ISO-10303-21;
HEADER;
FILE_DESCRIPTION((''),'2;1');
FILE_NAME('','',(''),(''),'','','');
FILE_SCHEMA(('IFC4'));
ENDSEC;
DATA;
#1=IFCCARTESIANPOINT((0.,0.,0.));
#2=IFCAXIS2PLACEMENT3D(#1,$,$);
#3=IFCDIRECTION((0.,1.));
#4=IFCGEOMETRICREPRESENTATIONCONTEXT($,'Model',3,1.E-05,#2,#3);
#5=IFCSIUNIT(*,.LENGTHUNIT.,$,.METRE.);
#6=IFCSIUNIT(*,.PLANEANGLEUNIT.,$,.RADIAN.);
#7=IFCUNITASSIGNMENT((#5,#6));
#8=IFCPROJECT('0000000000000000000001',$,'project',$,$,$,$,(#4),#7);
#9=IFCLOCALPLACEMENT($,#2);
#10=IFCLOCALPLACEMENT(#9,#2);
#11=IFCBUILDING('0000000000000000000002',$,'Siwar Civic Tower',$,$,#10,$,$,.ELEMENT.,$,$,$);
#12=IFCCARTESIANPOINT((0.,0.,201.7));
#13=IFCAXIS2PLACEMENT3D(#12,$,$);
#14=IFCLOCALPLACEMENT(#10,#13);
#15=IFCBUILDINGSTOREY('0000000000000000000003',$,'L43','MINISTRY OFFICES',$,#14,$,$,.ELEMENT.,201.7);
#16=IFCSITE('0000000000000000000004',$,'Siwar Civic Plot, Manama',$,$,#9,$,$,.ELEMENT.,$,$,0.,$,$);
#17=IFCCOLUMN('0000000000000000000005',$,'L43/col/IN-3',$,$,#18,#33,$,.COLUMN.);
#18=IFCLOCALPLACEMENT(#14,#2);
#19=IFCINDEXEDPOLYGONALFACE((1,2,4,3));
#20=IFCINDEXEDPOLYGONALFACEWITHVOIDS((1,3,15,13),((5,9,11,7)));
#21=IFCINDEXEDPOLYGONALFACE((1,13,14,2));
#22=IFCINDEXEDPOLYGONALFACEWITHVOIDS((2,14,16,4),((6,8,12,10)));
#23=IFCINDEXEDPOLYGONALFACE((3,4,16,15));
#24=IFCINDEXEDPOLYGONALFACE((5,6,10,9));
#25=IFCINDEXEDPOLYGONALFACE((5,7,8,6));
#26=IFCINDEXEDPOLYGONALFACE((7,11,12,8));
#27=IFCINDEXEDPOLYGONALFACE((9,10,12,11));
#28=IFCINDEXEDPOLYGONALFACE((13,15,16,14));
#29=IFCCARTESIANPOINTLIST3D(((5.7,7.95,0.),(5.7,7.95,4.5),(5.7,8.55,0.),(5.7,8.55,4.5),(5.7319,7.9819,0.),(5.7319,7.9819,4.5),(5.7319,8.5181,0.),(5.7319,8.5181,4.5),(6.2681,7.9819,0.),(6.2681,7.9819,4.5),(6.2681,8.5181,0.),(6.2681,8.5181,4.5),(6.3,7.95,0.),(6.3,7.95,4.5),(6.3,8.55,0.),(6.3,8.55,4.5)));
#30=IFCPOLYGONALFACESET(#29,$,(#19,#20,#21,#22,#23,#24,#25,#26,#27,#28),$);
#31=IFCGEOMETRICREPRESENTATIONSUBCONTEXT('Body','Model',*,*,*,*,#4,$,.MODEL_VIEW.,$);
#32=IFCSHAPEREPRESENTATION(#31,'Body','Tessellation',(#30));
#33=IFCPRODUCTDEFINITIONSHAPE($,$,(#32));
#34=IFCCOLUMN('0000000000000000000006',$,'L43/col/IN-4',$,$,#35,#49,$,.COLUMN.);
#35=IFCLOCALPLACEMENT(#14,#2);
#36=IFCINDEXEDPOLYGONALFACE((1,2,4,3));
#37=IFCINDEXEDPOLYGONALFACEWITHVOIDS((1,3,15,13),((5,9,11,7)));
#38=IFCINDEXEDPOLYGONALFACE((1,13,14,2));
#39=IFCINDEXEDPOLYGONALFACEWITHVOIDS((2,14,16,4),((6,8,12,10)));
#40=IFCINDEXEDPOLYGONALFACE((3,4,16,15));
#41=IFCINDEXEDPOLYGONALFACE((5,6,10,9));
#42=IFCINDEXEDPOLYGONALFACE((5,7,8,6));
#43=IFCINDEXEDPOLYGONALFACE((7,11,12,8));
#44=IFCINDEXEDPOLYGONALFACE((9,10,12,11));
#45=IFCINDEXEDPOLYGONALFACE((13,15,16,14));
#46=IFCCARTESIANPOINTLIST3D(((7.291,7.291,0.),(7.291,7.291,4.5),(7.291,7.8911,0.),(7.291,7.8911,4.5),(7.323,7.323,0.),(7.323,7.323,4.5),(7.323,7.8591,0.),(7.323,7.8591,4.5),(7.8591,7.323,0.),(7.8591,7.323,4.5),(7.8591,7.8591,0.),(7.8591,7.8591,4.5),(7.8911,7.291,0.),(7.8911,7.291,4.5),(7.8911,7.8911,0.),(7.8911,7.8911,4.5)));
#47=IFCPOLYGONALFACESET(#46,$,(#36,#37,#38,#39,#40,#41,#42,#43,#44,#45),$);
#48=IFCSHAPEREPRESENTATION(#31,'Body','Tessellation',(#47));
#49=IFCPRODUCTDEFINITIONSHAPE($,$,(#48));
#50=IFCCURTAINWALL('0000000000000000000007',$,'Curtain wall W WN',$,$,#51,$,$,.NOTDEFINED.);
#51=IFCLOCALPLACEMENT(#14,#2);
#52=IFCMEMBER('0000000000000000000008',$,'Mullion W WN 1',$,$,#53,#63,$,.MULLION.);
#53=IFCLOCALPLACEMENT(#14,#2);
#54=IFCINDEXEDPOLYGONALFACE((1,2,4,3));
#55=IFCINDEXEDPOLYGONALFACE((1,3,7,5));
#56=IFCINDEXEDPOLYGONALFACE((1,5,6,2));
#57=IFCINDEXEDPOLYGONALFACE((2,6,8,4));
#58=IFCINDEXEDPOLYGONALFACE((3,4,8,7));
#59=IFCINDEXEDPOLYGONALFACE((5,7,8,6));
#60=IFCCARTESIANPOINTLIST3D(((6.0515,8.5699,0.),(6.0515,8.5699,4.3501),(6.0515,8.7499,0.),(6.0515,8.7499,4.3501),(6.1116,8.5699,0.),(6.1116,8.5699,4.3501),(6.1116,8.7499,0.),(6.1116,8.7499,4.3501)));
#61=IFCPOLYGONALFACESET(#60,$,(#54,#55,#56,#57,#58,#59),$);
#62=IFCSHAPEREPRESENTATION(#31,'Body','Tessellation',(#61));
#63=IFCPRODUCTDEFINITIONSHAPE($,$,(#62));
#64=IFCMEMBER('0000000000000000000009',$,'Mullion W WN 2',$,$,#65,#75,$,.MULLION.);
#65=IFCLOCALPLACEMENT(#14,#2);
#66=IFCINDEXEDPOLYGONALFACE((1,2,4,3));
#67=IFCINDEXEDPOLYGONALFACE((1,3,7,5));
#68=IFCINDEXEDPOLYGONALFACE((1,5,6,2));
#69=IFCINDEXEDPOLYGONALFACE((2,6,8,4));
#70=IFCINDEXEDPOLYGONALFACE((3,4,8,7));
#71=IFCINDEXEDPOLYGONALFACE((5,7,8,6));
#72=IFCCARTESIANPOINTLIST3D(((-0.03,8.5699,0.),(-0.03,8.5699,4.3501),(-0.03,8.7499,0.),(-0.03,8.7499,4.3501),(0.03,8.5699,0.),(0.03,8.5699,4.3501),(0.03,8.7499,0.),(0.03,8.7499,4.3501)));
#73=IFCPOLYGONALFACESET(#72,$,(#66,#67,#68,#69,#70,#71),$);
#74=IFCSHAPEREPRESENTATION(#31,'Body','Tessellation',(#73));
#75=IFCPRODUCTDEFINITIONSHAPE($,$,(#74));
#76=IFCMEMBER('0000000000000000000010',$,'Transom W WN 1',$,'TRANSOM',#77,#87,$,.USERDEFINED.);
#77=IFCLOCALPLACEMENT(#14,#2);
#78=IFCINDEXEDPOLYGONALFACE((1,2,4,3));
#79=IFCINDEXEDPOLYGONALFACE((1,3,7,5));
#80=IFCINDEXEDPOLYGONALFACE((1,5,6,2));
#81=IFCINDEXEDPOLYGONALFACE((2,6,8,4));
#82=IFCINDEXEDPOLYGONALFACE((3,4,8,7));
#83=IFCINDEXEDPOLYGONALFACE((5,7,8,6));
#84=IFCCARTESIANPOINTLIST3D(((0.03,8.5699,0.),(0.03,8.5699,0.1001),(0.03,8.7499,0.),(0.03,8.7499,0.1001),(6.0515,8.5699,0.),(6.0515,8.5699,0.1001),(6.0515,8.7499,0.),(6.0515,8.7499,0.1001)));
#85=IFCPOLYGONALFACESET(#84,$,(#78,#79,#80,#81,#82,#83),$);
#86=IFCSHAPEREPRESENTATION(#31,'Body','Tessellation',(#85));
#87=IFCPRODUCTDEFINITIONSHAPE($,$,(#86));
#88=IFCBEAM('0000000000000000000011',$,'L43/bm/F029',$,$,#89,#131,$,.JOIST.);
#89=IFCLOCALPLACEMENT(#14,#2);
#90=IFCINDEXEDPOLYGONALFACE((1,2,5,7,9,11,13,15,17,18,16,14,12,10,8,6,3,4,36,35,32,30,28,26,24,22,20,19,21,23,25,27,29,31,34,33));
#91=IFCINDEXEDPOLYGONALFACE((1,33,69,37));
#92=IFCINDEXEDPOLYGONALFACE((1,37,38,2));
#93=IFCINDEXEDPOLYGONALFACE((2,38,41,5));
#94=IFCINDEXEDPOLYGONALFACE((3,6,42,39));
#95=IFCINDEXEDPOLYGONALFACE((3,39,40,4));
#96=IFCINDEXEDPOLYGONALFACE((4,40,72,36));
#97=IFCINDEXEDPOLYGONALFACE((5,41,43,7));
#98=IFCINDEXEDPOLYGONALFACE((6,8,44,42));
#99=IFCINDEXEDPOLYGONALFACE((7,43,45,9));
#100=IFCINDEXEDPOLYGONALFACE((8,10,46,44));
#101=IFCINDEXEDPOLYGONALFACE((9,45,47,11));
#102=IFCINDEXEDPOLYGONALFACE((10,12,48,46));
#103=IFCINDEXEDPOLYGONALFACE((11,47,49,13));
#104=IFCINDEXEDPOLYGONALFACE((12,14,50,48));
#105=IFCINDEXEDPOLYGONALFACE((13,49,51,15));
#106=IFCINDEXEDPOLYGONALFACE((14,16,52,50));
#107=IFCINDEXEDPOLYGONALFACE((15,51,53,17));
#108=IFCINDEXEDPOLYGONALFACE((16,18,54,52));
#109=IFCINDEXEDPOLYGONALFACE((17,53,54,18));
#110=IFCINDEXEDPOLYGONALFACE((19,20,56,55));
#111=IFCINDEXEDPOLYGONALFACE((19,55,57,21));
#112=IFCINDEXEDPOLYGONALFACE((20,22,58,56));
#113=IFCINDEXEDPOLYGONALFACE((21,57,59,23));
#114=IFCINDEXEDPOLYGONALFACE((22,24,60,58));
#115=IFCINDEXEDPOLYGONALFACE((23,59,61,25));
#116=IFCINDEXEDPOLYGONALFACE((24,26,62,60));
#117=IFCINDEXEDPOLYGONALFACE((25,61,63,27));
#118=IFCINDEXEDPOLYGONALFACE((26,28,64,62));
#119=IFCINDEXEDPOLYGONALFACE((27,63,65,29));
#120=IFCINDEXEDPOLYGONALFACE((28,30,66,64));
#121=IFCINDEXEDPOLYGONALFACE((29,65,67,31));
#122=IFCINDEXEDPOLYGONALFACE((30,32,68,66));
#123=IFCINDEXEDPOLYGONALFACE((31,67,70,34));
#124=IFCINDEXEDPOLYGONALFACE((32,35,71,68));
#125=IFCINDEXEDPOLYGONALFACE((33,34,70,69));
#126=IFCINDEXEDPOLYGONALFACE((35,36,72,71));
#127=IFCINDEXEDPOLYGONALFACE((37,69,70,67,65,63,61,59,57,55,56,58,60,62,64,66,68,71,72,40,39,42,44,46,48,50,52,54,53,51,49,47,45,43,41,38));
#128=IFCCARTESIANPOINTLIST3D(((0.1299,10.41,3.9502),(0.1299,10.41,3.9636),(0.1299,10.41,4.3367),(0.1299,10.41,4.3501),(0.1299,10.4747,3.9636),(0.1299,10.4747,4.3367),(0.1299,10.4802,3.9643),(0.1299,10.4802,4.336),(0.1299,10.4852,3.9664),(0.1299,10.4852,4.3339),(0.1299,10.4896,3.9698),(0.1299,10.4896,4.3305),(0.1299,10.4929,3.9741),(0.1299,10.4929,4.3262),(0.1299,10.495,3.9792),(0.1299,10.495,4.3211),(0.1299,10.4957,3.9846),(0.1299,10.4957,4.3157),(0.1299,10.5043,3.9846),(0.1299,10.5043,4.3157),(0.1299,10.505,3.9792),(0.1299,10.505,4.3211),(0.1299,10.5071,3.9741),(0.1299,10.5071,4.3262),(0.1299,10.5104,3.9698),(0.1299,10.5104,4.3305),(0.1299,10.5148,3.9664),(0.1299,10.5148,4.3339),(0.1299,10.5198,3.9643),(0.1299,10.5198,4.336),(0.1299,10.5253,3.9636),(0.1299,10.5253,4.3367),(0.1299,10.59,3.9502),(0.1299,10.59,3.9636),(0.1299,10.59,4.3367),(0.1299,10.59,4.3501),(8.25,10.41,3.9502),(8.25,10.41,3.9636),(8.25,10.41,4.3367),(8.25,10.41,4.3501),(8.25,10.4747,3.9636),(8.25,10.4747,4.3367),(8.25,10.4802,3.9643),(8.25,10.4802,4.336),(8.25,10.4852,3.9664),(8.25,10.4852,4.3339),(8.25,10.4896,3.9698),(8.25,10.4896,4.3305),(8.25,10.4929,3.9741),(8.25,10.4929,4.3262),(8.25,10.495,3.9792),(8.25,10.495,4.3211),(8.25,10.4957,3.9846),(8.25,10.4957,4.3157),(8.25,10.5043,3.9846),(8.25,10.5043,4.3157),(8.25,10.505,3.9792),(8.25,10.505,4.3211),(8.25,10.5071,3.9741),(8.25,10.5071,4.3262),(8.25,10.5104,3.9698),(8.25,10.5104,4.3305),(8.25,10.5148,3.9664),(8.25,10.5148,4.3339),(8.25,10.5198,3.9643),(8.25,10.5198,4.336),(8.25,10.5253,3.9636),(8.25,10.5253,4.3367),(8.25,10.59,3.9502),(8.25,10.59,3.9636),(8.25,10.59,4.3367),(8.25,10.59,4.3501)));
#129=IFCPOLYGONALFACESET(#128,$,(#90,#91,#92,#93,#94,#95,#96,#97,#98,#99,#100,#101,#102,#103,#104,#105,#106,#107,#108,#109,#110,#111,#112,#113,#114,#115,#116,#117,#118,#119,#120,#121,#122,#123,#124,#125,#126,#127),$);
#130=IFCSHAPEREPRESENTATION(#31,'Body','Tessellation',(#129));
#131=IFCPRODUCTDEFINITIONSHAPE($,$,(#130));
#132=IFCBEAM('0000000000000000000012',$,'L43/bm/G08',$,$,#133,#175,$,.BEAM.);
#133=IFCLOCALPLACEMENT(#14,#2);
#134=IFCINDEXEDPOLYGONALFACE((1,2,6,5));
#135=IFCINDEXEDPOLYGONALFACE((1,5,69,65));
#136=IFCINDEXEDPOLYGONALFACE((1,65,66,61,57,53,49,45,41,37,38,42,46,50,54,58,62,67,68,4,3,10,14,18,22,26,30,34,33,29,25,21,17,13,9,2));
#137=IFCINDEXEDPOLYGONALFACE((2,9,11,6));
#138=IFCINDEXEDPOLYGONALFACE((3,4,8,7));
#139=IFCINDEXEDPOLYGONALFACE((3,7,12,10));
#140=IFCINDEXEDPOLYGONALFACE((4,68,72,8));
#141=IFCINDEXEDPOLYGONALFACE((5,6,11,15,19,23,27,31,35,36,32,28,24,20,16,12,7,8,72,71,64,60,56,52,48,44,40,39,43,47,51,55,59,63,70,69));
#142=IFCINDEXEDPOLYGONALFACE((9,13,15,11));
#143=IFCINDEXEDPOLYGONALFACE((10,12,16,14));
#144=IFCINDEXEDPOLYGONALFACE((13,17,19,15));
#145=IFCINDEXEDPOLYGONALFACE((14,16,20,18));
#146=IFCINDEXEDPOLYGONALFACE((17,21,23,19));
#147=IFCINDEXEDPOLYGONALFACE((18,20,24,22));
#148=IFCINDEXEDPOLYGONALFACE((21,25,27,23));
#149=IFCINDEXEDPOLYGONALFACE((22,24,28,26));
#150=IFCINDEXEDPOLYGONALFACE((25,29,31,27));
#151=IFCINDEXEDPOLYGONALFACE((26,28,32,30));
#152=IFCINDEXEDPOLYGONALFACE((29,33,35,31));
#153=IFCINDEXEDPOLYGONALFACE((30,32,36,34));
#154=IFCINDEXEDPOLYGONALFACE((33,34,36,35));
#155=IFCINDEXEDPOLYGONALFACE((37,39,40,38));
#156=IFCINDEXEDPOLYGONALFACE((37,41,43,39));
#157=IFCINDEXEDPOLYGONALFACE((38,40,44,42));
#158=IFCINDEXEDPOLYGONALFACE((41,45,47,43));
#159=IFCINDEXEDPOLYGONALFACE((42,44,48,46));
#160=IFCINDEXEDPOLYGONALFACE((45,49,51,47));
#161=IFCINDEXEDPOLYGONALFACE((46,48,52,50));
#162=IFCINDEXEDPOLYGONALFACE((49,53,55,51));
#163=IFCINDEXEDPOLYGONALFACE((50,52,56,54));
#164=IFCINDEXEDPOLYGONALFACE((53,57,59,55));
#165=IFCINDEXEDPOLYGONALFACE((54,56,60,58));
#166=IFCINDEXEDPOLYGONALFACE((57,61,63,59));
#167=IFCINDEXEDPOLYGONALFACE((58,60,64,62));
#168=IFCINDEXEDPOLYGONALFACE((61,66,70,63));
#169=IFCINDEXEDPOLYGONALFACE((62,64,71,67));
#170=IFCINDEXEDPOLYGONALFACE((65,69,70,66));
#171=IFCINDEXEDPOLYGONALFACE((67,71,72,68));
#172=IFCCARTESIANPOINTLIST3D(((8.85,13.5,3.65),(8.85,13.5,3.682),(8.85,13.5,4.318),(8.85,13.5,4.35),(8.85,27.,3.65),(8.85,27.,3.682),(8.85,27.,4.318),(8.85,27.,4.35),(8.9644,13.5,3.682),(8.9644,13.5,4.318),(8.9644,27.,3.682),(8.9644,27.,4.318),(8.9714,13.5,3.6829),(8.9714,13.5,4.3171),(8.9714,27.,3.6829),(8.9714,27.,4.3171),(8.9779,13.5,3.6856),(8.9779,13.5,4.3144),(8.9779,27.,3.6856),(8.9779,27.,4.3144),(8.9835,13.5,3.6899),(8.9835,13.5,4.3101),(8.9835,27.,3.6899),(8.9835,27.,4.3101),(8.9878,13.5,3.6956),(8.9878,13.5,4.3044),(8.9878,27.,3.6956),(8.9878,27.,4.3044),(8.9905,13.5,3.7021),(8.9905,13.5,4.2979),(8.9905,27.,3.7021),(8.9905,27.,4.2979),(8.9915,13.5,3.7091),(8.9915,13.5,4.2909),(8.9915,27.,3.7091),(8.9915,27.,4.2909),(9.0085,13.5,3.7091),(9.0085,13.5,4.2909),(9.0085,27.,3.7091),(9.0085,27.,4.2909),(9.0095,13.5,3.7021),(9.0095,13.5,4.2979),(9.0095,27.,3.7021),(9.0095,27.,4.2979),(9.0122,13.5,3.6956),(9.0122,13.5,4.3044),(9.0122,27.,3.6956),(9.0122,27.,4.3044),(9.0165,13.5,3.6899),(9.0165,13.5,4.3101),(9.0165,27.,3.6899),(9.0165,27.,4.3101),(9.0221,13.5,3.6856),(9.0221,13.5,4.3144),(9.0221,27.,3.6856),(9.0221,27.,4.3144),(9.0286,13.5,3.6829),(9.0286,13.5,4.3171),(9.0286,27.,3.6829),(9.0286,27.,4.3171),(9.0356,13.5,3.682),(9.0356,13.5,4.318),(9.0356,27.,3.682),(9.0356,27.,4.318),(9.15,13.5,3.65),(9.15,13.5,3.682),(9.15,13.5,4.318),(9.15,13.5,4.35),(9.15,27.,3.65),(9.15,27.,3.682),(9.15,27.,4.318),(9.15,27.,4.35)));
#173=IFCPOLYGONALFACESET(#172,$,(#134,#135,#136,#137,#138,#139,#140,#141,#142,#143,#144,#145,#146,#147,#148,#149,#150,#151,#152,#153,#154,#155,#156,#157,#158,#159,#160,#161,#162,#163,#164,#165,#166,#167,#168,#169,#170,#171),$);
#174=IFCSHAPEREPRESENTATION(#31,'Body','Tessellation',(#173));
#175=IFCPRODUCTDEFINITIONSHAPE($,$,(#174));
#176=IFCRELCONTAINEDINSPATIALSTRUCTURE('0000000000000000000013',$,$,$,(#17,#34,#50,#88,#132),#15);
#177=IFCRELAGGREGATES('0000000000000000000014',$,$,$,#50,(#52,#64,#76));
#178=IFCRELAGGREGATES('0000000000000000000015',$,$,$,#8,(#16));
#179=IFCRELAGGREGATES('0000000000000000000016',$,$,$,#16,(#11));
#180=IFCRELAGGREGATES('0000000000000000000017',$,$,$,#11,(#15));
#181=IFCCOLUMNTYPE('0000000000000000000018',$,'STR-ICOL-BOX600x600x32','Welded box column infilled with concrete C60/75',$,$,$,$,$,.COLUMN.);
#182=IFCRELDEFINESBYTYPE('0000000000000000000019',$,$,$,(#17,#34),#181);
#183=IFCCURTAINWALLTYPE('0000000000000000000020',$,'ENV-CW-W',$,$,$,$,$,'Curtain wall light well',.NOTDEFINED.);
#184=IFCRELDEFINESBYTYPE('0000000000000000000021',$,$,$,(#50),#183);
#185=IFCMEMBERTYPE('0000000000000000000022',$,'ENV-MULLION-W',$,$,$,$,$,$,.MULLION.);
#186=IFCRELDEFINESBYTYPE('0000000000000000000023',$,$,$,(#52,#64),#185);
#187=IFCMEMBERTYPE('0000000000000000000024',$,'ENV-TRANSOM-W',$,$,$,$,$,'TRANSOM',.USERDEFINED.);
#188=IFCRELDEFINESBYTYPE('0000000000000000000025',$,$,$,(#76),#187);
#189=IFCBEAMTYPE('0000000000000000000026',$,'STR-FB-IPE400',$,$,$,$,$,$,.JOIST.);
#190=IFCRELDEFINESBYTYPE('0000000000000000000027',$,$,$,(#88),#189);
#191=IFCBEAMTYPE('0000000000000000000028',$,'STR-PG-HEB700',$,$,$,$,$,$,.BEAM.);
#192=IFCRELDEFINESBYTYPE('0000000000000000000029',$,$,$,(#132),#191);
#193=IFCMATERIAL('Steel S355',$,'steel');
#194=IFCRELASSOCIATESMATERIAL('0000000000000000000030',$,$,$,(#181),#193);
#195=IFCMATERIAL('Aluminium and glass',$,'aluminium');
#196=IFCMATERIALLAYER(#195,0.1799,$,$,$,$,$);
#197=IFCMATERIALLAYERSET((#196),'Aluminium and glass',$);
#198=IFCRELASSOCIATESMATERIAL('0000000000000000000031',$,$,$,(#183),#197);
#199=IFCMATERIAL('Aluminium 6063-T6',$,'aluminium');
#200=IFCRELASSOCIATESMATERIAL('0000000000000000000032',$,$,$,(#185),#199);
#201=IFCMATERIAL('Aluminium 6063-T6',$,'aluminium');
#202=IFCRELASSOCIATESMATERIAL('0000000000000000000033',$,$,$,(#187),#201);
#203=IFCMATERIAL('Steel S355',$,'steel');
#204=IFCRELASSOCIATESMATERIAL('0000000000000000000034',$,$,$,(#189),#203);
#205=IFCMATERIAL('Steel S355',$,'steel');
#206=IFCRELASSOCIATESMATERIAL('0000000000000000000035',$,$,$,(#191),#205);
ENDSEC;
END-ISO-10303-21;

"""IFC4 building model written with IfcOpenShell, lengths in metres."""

from ifc_helpers import new_model, si_unit, direction, frame, origin, origin_2d, place, context, subcontext, project, spatial, rectangle, hollow_rectangle, i_section, extrude, material, layer, layer_set, material_profile, profile_set, type_object, element, aggregate, save


model = new_model("IFC4")

# Units and contexts
model_context = context("Model", 3, precision=1e-05, world=origin(), true_north=direction((0.0, 1.0)))
body_context = subcontext(model_context, "Body", "Model", "MODEL_VIEW")
ifc_project = project(units=[si_unit("LENGTHUNIT", "METRE"), si_unit("PLANEANGLEUNIT", "RADIAN")], contexts=[model_context])

# Site, building, storey
site_placement = place(None, origin())
site = spatial("IfcSite", under=ifc_project, at=site_placement, Name="Siwar Civic Plot, Manama", CompositionType="ELEMENT", RefElevation=0.0)
building_placement = place(site_placement, origin())
building = spatial("IfcBuilding", under=site, at=building_placement, Name="Siwar Civic Tower", CompositionType="ELEMENT")
storey_placement = place(building_placement, frame((0.0, 0.0, 201.7)))
storey = spatial("IfcBuildingStorey", under=building, at=storey_placement, Name="L43", Description="MINISTRY OFFICES", CompositionType="ELEMENT", Elevation=201.7)

# Columns
ifc_material_1 = material(Name="Steel S355", Category="steel")
ifc_material_profile_1 = material_profile(ifc_material_1, hollow_rectangle(XDim=0.6001, YDim=0.6001, WallThickness=0.032, at=origin_2d()), Name="BOX600x600x32")
ifc_profile_set_1 = profile_set([ifc_material_profile_1], Name="Steel S355")
column_type = type_object("IfcColumnType", Name="STR-ICOL-BOX600x600x32", Description="Welded box column infilled with concrete C60/75", PredefinedType="COLUMN", material=ifc_profile_set_1)
for number, where, z_axis, x_axis, name in (
    (1, (6.0, 8.25, 0.0), (0.0, 0.0, 1.0), (1.0, 0.0, 0.0), "L43/col/IN-3"),
    (2, (7.5911, 7.5911, 0.0), (0.0, 0.0, 1.0), (1.0, 0.0, 0.0), "L43/col/IN-4"),
):
    element("IfcColumn", number, at=place(storey_placement, frame(where, z_axis=z_axis, x_axis=x_axis)), inside=storey, type_object=column_type, Name=name, PredefinedType="COLUMN", context=body_context, shape_type="SweptSolid", body=[
        extrude(hollow_rectangle(XDim=0.6001, YDim=0.6001, WallThickness=0.032, at=origin_2d()), origin(), (0.0, 0.0, 1.0), 4.5),
    ])

# Curtain wall, members
ifc_material_2 = material(Name="Aluminium and glass", Category="aluminium")
ifc_layer_1 = layer(ifc_material_2, 0.1799)
ifc_layer_set_1 = layer_set([ifc_layer_1], Name="Aluminium and glass")
curtain_wall_type = type_object("IfcCurtainWallType", Name="ENV-CW-W", ElementType="Curtain wall light well", PredefinedType="NOTDEFINED", material=ifc_layer_set_1)
curtain_wall_placement = place(storey_placement, origin())
curtain_wall = element("IfcCurtainWall", 3, at=curtain_wall_placement, inside=storey, type_object=curtain_wall_type, Name="Curtain wall W WN", PredefinedType="NOTDEFINED")
ifc_material_3 = material(Name="Aluminium 6063-T6", Category="aluminium")
ifc_material_profile_2 = material_profile(ifc_material_3, rectangle(XDim=0.1799, YDim=0.0601, at=origin_2d()), Name="AL 180x60")
ifc_profile_set_2 = profile_set([ifc_material_profile_2], Name="Aluminium 6063-T6")
member_type_1 = type_object("IfcMemberType", Name="ENV-MULLION-W", PredefinedType="MULLION", material=ifc_profile_set_2)
member_1_placement = place(storey_placement, frame((6.0815, 8.6599, 0.0), z_axis=(0.0, 0.0, 1.0), x_axis=(0.0, -1.0, 0.0)))
member_1 = element("IfcMember", 4, at=member_1_placement, type_object=member_type_1, Name="Mullion W WN 1", PredefinedType="MULLION", context=body_context, shape_type="SweptSolid", body=[
    extrude(rectangle(XDim=0.1799, YDim=0.0601, at=origin_2d()), origin(), (0.0, 0.0, 1.0), 4.3501),
])
member_2_placement = place(storey_placement, frame((0.0, 8.6599, 0.0), z_axis=(0.0, 0.0, 1.0), x_axis=(0.0, -1.0, 0.0)))
member_2 = element("IfcMember", 5, at=member_2_placement, type_object=member_type_1, Name="Mullion W WN 2", PredefinedType="MULLION", context=body_context, shape_type="SweptSolid", body=[
    extrude(rectangle(XDim=0.1799, YDim=0.0601, at=origin_2d()), origin(), (0.0, 0.0, 1.0), 4.3501),
])
ifc_material_4 = material(Name="Aluminium 6063-T6", Category="aluminium")
ifc_material_profile_3 = material_profile(ifc_material_4, rectangle(XDim=0.1799, YDim=0.1001, at=origin_2d()), Name="AL 180x100")
ifc_profile_set_3 = profile_set([ifc_material_profile_3], Name="Aluminium 6063-T6")
member_type_2 = type_object("IfcMemberType", Name="ENV-TRANSOM-W", ElementType="TRANSOM", PredefinedType="USERDEFINED", material=ifc_profile_set_3)
member_3_placement = place(storey_placement, frame((6.0515, 8.6599, 0.05), z_axis=(-1.0, 0.0, 0.0), x_axis=(0.0, -1.0, 0.0)))
member_3 = element("IfcMember", 6, at=member_3_placement, type_object=member_type_2, Name="Transom W WN 1", ObjectType="TRANSOM", PredefinedType="USERDEFINED", context=body_context, shape_type="SweptSolid", body=[
    extrude(rectangle(XDim=0.1799, YDim=0.1001, at=origin_2d()), origin(), (0.0, 0.0, 1.0), 6.0215),
])

# Beams
ifc_material_5 = material(Name="Steel S355", Category="steel")
ifc_material_profile_4 = material_profile(ifc_material_5, i_section(OverallWidth=0.1799, OverallDepth=0.3999, WebThickness=0.0085, FlangeThickness=0.0134, FilletRadius=0.021, at=origin_2d()), Name="IPE400")
ifc_profile_set_4 = profile_set([ifc_material_profile_4], Name="Steel S355")
beam_type_1 = type_object("IfcBeamType", Name="STR-FB-IPE400", PredefinedType="JOIST", material=ifc_profile_set_4)
beam_1_placement = place(storey_placement, frame((0.1299, 10.5, 4.1501), z_axis=(1.0, 0.0, 0.0), x_axis=(0.0, 1.0, 0.0)))
element("IfcBeam", 7, at=beam_1_placement, inside=storey, type_object=beam_type_1, Name="L43/bm/F029", PredefinedType="JOIST", context=body_context, shape_type="SweptSolid", body=[
    extrude(i_section(OverallWidth=0.1799, OverallDepth=0.3999, WebThickness=0.0085, FlangeThickness=0.0134, FilletRadius=0.021, at=origin_2d()), origin(), (0.0, 0.0, 1.0), 8.1201),
])
ifc_material_6 = material(Name="Steel S355", Category="steel")
ifc_material_profile_5 = material_profile(ifc_material_6, i_section(OverallWidth=0.3, OverallDepth=0.7, WebThickness=0.0171, FlangeThickness=0.032, FilletRadius=0.0271, at=origin_2d()), Name="HEB700")
ifc_profile_set_5 = profile_set([ifc_material_profile_5], Name="Steel S355")
beam_type_2 = type_object("IfcBeamType", Name="STR-PG-HEB700", PredefinedType="BEAM", material=ifc_profile_set_5)
beam_2_placement = place(storey_placement, frame((9.0, 13.5, 4.0), z_axis=(0.0, 1.0, 0.0), x_axis=(-1.0, 0.0, 0.0)))
element("IfcBeam", 8, at=beam_2_placement, inside=storey, type_object=beam_type_2, Name="L43/bm/G08", PredefinedType="BEAM", context=body_context, shape_type="SweptSolid", body=[
    extrude(i_section(OverallWidth=0.3, OverallDepth=0.7, WebThickness=0.0171, FlangeThickness=0.032, FilletRadius=0.0271, at=origin_2d()), origin(), (0.0, 0.0, 1.0), 13.5),
])

aggregate(curtain_wall, [member_1, member_2, member_3])

save(model, "model.ifc")
